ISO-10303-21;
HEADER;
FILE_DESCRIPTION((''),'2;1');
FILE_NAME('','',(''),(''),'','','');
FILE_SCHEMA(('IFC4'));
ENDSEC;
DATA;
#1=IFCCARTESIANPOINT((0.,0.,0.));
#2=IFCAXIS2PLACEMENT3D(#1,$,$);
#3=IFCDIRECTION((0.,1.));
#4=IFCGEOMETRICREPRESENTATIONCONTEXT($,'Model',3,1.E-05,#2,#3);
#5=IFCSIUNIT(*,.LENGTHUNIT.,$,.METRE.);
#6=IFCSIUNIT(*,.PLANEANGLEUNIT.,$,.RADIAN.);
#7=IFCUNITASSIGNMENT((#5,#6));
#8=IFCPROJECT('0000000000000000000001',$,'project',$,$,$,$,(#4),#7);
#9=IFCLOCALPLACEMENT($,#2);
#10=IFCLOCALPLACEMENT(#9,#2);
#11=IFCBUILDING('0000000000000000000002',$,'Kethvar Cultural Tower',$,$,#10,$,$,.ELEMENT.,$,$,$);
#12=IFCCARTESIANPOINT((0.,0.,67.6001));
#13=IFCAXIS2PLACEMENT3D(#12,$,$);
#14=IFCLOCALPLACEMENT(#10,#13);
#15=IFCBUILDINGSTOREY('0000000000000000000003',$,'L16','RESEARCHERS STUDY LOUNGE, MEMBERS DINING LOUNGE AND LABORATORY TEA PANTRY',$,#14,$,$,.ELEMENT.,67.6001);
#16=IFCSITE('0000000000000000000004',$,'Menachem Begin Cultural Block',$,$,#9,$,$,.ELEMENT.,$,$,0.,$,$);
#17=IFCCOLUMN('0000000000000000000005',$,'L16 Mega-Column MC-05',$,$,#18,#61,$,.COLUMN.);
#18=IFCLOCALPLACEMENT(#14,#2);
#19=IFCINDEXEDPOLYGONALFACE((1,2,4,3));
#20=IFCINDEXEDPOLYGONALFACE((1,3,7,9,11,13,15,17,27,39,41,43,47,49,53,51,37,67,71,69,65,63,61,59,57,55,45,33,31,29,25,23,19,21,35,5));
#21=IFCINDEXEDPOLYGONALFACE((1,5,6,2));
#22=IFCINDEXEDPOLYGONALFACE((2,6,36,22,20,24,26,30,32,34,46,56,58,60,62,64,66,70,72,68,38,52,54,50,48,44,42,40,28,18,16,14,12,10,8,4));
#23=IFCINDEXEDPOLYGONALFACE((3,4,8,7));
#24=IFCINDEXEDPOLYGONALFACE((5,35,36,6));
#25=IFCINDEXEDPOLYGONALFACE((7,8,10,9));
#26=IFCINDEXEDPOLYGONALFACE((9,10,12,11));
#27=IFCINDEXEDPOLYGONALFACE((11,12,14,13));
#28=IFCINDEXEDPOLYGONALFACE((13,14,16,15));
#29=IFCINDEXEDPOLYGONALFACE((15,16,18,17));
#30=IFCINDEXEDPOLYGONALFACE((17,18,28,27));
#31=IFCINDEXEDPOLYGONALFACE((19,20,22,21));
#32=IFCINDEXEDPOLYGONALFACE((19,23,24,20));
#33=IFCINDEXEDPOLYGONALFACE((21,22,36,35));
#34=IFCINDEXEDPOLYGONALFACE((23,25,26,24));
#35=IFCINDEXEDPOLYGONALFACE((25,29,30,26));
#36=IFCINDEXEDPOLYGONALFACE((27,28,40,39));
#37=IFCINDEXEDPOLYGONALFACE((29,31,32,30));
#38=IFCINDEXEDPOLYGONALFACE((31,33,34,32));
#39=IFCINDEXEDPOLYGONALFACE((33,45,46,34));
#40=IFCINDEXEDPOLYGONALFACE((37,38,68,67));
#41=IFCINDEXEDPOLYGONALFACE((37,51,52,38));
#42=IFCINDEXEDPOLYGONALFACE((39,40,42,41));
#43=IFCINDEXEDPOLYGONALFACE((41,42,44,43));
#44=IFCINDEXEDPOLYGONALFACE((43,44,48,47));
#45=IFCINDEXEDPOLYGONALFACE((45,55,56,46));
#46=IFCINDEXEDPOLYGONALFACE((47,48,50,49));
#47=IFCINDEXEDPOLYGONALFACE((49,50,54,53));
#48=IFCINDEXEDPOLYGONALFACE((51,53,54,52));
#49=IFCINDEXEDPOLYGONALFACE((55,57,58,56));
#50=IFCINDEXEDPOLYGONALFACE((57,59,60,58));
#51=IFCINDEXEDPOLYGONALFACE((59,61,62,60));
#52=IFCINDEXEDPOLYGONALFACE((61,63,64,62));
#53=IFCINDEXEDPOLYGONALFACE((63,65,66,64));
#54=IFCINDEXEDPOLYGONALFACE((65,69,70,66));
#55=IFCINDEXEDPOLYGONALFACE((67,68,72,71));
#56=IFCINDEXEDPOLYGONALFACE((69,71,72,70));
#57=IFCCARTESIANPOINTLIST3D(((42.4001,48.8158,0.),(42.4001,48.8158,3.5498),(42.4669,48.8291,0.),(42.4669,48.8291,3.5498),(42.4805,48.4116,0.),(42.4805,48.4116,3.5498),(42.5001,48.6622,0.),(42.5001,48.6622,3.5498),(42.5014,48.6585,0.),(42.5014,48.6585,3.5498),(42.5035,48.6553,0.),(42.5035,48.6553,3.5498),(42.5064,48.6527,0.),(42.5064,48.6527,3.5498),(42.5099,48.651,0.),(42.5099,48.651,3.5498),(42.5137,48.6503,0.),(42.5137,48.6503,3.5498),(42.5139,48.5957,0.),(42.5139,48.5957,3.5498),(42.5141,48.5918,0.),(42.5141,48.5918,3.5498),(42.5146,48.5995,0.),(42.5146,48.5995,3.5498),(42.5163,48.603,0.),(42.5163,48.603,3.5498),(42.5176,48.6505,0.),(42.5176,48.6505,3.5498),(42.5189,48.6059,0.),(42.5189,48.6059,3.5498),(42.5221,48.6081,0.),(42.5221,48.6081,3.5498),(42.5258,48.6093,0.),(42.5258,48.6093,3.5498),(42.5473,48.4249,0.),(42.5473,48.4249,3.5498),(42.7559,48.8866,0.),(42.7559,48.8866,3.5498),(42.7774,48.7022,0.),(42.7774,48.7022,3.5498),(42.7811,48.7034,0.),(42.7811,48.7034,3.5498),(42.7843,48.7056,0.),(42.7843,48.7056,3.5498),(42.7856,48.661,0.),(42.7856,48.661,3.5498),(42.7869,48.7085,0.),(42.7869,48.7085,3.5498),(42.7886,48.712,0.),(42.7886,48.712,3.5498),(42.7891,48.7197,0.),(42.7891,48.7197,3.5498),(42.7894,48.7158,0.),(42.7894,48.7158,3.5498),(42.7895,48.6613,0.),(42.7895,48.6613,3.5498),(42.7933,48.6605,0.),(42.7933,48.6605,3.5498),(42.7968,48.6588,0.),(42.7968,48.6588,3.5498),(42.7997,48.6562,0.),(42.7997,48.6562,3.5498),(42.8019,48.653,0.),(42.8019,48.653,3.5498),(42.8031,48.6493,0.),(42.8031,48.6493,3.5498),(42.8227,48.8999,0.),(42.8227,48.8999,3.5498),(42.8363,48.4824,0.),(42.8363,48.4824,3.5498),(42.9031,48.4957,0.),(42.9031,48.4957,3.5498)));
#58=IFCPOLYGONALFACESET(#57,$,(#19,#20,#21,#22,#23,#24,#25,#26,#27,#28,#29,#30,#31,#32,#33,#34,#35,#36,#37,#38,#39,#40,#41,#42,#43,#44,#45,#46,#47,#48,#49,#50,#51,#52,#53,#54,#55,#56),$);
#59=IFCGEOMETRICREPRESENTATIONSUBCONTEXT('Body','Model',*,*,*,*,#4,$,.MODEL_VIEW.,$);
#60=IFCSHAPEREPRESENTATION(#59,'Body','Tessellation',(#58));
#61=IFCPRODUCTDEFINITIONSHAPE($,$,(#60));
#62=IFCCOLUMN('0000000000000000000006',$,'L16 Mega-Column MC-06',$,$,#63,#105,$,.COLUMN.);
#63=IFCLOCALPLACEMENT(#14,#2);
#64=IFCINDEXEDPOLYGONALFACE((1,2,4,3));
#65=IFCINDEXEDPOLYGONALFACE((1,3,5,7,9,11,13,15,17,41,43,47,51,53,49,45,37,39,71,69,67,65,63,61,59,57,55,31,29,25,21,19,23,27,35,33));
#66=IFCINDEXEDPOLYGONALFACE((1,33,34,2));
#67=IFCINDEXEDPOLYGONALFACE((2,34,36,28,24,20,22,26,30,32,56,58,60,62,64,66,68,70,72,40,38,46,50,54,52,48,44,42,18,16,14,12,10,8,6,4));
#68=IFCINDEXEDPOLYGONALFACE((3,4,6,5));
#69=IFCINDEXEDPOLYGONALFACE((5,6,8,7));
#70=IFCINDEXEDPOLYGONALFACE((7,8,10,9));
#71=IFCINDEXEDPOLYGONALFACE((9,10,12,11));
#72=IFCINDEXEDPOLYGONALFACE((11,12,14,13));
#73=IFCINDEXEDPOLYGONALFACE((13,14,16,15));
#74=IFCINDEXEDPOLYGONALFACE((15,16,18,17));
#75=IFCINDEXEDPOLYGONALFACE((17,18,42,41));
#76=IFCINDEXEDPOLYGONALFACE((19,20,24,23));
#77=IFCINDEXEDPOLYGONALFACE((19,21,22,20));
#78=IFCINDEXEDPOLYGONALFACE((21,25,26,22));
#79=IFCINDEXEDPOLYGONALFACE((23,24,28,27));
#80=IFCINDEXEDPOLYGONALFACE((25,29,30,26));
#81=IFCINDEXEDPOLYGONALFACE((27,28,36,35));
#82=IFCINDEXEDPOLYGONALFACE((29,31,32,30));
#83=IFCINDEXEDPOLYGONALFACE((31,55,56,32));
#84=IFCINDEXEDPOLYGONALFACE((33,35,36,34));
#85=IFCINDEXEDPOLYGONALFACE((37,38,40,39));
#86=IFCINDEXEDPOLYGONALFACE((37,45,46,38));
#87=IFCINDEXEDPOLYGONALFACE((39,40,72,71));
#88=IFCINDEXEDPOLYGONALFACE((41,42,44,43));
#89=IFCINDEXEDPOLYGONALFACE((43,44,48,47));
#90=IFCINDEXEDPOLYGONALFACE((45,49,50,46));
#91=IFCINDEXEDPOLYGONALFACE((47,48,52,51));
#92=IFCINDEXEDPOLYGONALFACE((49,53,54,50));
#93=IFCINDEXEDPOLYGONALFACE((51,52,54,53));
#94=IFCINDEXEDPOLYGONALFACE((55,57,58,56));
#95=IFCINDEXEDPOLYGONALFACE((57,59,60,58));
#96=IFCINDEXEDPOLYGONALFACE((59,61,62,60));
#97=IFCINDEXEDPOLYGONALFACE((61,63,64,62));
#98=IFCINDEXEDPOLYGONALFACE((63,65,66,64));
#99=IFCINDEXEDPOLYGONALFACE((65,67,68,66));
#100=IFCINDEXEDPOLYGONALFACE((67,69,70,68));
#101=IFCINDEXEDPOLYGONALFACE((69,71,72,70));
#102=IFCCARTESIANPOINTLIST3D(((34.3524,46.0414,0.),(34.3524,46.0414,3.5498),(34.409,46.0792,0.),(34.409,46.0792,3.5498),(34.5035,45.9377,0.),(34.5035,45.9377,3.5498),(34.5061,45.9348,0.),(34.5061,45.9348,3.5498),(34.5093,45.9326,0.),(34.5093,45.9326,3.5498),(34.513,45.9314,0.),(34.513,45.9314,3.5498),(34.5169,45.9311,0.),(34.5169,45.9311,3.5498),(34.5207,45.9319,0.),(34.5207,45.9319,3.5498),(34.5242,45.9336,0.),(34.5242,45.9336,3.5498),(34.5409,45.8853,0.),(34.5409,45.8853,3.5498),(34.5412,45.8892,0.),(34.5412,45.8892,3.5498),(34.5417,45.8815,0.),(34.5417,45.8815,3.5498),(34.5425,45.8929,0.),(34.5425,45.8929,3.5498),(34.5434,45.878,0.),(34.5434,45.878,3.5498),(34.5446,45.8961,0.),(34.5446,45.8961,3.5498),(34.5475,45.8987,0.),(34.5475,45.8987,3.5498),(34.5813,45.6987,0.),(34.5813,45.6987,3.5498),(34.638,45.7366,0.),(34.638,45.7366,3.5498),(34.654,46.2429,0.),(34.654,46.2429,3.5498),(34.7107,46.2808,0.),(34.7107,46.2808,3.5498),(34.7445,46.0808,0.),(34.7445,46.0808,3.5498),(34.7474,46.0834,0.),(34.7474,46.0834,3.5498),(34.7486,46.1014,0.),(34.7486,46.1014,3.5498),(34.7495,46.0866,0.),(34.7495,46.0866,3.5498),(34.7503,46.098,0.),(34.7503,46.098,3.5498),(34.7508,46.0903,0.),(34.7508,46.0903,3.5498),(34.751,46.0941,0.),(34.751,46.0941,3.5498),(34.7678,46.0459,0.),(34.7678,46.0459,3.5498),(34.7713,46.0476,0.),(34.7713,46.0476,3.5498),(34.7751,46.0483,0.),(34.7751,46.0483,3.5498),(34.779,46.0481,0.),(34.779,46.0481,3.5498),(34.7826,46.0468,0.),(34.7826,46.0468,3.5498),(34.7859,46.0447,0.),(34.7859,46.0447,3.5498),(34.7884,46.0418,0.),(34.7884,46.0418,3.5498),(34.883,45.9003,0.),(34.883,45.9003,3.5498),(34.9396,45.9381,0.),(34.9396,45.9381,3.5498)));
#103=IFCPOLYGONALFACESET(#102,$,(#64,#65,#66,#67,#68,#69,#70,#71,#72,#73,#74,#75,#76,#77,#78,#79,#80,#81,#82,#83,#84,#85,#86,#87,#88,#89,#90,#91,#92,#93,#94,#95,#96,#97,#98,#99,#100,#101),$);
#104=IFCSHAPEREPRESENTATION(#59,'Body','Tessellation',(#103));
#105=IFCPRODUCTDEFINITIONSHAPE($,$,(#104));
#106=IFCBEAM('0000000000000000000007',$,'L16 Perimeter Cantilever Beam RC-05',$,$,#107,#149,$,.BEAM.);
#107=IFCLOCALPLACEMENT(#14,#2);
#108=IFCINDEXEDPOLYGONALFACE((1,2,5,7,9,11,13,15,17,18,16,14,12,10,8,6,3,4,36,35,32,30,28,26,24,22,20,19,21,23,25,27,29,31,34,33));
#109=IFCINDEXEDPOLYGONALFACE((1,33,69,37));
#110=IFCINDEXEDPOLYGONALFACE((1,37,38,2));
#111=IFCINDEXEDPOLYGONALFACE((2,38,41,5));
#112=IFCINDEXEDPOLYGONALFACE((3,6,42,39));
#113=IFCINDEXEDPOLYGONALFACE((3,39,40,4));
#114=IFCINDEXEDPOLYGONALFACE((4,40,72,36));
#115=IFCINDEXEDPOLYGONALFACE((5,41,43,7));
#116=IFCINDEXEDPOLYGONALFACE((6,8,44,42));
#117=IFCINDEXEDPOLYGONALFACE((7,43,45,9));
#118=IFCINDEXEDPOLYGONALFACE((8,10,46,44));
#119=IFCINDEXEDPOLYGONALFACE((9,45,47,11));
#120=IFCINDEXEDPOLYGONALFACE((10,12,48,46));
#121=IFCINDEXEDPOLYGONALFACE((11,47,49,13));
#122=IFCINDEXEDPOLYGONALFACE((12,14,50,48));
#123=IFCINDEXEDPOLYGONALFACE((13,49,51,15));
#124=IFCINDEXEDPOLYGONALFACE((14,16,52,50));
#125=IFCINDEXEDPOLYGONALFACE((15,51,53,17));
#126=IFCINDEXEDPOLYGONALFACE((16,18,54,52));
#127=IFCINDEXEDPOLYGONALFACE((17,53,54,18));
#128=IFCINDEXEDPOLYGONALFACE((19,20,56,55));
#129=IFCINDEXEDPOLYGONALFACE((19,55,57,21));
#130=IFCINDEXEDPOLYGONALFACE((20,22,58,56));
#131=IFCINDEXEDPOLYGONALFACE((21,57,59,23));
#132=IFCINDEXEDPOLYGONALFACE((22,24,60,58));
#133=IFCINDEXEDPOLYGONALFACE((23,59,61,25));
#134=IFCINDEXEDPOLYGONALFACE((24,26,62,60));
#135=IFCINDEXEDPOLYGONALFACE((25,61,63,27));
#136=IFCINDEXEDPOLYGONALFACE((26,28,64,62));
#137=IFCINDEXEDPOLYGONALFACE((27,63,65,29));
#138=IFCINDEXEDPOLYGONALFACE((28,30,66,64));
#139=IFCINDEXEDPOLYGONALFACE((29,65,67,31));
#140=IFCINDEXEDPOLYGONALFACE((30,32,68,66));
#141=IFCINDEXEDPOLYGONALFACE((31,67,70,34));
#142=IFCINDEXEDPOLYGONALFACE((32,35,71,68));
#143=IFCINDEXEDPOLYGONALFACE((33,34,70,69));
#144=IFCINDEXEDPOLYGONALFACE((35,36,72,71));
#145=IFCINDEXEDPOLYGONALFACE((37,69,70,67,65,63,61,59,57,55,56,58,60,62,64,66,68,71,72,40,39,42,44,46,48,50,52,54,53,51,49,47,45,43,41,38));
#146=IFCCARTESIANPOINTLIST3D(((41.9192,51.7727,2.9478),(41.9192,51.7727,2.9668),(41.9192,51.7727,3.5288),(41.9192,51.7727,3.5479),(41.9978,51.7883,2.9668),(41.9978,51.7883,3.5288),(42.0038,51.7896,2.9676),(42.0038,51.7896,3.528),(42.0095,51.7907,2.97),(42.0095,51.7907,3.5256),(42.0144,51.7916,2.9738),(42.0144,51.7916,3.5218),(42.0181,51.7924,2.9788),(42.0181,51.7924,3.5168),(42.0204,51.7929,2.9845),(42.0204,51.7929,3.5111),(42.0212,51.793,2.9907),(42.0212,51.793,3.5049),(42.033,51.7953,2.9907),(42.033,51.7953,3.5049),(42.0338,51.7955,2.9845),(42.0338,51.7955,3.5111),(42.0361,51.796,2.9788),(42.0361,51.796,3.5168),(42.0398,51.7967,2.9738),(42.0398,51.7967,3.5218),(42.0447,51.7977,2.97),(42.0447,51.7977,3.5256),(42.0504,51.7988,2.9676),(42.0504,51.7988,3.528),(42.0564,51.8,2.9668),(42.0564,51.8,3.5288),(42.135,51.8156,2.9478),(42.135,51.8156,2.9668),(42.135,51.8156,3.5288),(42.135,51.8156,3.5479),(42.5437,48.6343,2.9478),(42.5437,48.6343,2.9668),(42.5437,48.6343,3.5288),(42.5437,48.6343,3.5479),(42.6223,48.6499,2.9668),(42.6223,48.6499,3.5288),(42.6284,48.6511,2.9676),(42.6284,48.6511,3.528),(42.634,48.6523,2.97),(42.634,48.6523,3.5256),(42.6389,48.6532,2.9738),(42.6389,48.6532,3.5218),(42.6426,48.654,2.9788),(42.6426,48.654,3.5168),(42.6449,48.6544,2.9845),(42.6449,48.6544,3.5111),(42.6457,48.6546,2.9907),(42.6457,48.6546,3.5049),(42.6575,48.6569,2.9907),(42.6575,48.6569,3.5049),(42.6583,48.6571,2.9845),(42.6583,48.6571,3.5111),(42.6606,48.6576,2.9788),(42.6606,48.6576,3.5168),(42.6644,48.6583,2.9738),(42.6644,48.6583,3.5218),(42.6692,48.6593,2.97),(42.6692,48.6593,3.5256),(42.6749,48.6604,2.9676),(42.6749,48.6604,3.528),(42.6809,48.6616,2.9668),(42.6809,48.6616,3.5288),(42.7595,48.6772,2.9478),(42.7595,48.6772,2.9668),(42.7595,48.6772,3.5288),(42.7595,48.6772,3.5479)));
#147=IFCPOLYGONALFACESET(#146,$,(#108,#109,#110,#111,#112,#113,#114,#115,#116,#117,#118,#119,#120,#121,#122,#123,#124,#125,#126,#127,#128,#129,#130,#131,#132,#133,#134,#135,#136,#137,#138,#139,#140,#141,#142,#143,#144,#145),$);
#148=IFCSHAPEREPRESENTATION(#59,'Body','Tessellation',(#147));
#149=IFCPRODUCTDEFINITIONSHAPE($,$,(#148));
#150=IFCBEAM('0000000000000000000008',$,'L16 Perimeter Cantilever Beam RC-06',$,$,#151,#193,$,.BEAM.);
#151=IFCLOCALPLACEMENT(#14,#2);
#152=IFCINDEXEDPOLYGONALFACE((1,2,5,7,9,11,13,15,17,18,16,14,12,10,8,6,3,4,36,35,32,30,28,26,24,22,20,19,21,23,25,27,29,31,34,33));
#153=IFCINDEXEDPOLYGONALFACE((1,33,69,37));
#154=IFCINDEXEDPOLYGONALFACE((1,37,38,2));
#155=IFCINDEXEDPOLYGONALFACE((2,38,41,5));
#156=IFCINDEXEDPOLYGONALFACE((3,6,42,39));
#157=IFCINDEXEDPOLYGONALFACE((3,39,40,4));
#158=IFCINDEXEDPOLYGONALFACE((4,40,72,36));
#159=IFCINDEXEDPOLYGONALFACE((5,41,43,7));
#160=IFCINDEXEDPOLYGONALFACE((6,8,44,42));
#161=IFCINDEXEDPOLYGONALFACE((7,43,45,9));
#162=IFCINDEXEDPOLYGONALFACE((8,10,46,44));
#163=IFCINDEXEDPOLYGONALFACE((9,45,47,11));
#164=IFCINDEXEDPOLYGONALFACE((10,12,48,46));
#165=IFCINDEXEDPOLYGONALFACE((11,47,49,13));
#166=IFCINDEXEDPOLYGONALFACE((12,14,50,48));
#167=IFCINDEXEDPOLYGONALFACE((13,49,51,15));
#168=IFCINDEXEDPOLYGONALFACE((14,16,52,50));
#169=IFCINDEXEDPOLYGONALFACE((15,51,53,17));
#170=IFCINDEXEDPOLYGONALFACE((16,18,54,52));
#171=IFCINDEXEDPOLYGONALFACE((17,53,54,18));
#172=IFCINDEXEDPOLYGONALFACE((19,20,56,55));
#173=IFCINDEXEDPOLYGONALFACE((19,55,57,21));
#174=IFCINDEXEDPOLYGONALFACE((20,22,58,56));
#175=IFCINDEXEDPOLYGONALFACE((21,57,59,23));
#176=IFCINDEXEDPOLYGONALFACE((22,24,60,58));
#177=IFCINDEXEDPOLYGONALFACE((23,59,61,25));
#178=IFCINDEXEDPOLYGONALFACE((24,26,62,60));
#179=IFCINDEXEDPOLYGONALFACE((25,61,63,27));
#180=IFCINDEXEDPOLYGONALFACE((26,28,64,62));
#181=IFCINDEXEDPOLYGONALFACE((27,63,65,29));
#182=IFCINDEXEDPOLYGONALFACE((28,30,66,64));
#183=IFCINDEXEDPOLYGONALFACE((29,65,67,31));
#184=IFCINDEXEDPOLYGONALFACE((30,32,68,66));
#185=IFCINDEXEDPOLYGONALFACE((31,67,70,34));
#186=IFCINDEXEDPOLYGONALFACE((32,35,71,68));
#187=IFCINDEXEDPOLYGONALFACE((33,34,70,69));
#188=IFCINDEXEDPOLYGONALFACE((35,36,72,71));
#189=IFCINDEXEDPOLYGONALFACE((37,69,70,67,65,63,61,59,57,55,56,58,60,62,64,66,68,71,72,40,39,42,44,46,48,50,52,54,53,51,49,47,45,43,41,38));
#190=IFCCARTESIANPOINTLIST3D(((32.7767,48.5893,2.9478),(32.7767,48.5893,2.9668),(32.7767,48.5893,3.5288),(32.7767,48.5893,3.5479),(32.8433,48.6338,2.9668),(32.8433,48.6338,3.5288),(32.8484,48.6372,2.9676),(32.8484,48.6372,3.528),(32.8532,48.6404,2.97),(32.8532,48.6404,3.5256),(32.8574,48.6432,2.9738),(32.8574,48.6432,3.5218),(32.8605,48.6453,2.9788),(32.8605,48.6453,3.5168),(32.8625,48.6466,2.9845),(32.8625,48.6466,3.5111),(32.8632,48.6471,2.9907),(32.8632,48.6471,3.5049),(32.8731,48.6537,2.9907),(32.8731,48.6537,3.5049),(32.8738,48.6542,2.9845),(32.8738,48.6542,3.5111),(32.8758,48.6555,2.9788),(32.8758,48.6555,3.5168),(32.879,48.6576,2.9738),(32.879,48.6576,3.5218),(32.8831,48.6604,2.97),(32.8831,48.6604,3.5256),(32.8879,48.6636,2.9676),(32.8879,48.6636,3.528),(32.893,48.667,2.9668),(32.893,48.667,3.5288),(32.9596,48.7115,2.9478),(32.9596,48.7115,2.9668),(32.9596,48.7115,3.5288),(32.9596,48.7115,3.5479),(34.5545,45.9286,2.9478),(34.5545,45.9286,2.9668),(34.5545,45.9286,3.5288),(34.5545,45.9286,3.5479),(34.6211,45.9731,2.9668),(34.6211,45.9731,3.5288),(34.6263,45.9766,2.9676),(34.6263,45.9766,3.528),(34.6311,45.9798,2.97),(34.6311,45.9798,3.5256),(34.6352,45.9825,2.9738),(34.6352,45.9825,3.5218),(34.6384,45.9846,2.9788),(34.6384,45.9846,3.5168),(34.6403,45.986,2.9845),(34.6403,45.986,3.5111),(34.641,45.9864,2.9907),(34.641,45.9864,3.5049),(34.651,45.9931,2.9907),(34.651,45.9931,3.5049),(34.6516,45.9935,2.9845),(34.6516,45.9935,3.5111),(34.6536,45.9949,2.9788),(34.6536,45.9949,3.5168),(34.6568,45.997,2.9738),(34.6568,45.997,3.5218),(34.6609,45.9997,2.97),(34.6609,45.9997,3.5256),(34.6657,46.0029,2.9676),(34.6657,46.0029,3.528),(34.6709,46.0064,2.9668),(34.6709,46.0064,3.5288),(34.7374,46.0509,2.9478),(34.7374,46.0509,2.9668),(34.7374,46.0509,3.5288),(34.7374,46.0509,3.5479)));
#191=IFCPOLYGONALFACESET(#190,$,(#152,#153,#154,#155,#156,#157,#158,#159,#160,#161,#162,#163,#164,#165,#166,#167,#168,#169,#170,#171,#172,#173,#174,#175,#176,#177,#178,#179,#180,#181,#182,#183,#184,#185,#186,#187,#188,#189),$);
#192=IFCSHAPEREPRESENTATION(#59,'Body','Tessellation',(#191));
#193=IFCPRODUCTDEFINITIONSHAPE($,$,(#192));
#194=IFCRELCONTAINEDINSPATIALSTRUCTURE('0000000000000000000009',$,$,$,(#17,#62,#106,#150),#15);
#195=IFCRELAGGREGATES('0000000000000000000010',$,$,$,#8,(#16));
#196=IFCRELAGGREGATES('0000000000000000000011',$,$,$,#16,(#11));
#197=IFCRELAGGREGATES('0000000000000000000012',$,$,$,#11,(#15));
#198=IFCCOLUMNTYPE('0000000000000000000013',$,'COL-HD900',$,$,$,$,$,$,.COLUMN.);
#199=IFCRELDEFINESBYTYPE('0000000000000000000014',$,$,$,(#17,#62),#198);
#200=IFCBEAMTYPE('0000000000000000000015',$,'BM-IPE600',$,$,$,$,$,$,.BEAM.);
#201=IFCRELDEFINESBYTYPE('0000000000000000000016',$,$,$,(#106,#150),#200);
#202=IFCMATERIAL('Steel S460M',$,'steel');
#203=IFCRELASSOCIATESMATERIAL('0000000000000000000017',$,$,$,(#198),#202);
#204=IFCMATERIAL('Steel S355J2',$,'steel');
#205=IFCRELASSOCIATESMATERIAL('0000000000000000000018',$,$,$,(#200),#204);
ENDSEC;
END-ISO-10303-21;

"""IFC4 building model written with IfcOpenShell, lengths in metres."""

from ifc_helpers import new_model, si_unit, direction, frame, origin, origin_2d, place, context, subcontext, project, spatial, i_section, extrude, source, transform, mapped, material, material_profile, profile_set, type_object, element, save


model = new_model("IFC4")

# Units and contexts
model_context = context("Model", 3, precision=1e-05, world=origin(), true_north=direction((0.0, 1.0)))
body_context = subcontext(model_context, "Body", "Model", "MODEL_VIEW")
ifc_project = project(units=[si_unit("LENGTHUNIT", "METRE"), si_unit("PLANEANGLEUNIT", "RADIAN")], contexts=[model_context])

# Site, building, storey
site_placement = place(None, origin())
site = spatial("IfcSite", under=ifc_project, at=site_placement, Name="Menachem Begin Cultural Block", CompositionType="ELEMENT", RefElevation=0.0)
building_placement = place(site_placement, origin())
building = spatial("IfcBuilding", under=site, at=building_placement, Name="Kethvar Cultural Tower", CompositionType="ELEMENT")
storey_placement = place(building_placement, frame((0.0, 0.0, 67.6001)))
storey = spatial("IfcBuildingStorey", under=building, at=storey_placement, Name="L16", Description="RESEARCHERS STUDY LOUNGE, MEMBERS DINING LOUNGE AND LABORATORY TEA PANTRY", CompositionType="ELEMENT", Elevation=67.6001)

# Columns
ifc_material_1 = material(Name="Steel S460M", Category="steel")
ifc_material_profile_1 = material_profile(ifc_material_1, i_section(OverallWidth=0.4121, OverallDepth=0.4309, WebThickness=0.042, FlangeThickness=0.0681, FilletRadius=0.0149, at=origin_2d()), Name="Steel S460M — HD400x900")
ifc_profile_set_1 = profile_set([ifc_material_profile_1], Name="Steel S460M — HD400x900")
column_type = type_object("IfcColumnType", Name="COL-HD900", PredefinedType="COLUMN", material=ifc_profile_set_1)
shared_shape_1 = source(origin(), body_context, "Body", "SweptSolid", [
    extrude(i_section(OverallWidth=0.4121, OverallDepth=0.4309, WebThickness=0.042, FlangeThickness=0.0681, FilletRadius=0.0149, at=origin_2d()), origin(), (0.0, 0.0, 1.0), 3.5498),
])
for number, where, z_axis, x_axis, name in (
    (1, (42.6516, 48.6558, 0.0), (0.0, 0.0, 1.0), (-0.19509, 0.980785, 0.0), "L16 Mega-Column MC-05"),
    (2, (34.646, 45.9897, 0.0), (0.0, 0.0, 1.0), (-0.55557, 0.83147, 0.0), "L16 Mega-Column MC-06"),
):
    element("IfcColumn", number, at=place(storey_placement, frame(where, z_axis=z_axis, x_axis=x_axis)), inside=storey, type_object=column_type, Name=name, PredefinedType="COLUMN", context=body_context, shape_type="MappedRepresentation", body=[
        mapped(shared_shape_1, transform((0.0, 0.0, 0.0), scale=1.0)),
    ])

# Beams
ifc_material_2 = material(Name="Steel S355J2", Category="steel")
ifc_material_profile_2 = material_profile(ifc_material_2, i_section(OverallWidth=0.22, OverallDepth=0.6001, WebThickness=0.012, FlangeThickness=0.019, FilletRadius=0.0239, at=origin_2d()), Name="Steel S355J2 — IPE600")
ifc_profile_set_2 = profile_set([ifc_material_profile_2], Name="Steel S355J2 — IPE600")
beam_type_1 = type_object("IfcBeamType", Name="BM-IPE600", PredefinedType="BEAM", material=ifc_profile_set_2)
shared_shape_2 = source(origin(), body_context, "Body", "SweptSolid", [
    extrude(i_section(OverallWidth=0.22, OverallDepth=0.6001, WebThickness=0.012, FlangeThickness=0.019, FilletRadius=0.0239, at=origin_2d()), origin(), (0.0, 0.0, 1.0), 3.2),
])
for number, where, z_axis, x_axis, name in (
    (3, (42.6516, 48.6558, 3.2478), (-0.195162, 0.980771, 0.0), (-0.980771, -0.195162, 0.0), "L16 Perimeter Cantilever Beam RC-05"),
    (4, (34.646, 45.9897, 3.2478), (-0.55558, 0.831463, 0.0), (-0.831463, -0.55558, 0.0), "L16 Perimeter Cantilever Beam RC-06"),
):
    element("IfcBeam", number, at=place(storey_placement, frame(where, z_axis=z_axis, x_axis=x_axis)), inside=storey, type_object=beam_type_1, Name=name, PredefinedType="BEAM", context=body_context, shape_type="MappedRepresentation", body=[
        mapped(shared_shape_2, transform((0.0, 0.0, 0.0), scale=1.0)),
    ])

save(model, "model.ifc")
